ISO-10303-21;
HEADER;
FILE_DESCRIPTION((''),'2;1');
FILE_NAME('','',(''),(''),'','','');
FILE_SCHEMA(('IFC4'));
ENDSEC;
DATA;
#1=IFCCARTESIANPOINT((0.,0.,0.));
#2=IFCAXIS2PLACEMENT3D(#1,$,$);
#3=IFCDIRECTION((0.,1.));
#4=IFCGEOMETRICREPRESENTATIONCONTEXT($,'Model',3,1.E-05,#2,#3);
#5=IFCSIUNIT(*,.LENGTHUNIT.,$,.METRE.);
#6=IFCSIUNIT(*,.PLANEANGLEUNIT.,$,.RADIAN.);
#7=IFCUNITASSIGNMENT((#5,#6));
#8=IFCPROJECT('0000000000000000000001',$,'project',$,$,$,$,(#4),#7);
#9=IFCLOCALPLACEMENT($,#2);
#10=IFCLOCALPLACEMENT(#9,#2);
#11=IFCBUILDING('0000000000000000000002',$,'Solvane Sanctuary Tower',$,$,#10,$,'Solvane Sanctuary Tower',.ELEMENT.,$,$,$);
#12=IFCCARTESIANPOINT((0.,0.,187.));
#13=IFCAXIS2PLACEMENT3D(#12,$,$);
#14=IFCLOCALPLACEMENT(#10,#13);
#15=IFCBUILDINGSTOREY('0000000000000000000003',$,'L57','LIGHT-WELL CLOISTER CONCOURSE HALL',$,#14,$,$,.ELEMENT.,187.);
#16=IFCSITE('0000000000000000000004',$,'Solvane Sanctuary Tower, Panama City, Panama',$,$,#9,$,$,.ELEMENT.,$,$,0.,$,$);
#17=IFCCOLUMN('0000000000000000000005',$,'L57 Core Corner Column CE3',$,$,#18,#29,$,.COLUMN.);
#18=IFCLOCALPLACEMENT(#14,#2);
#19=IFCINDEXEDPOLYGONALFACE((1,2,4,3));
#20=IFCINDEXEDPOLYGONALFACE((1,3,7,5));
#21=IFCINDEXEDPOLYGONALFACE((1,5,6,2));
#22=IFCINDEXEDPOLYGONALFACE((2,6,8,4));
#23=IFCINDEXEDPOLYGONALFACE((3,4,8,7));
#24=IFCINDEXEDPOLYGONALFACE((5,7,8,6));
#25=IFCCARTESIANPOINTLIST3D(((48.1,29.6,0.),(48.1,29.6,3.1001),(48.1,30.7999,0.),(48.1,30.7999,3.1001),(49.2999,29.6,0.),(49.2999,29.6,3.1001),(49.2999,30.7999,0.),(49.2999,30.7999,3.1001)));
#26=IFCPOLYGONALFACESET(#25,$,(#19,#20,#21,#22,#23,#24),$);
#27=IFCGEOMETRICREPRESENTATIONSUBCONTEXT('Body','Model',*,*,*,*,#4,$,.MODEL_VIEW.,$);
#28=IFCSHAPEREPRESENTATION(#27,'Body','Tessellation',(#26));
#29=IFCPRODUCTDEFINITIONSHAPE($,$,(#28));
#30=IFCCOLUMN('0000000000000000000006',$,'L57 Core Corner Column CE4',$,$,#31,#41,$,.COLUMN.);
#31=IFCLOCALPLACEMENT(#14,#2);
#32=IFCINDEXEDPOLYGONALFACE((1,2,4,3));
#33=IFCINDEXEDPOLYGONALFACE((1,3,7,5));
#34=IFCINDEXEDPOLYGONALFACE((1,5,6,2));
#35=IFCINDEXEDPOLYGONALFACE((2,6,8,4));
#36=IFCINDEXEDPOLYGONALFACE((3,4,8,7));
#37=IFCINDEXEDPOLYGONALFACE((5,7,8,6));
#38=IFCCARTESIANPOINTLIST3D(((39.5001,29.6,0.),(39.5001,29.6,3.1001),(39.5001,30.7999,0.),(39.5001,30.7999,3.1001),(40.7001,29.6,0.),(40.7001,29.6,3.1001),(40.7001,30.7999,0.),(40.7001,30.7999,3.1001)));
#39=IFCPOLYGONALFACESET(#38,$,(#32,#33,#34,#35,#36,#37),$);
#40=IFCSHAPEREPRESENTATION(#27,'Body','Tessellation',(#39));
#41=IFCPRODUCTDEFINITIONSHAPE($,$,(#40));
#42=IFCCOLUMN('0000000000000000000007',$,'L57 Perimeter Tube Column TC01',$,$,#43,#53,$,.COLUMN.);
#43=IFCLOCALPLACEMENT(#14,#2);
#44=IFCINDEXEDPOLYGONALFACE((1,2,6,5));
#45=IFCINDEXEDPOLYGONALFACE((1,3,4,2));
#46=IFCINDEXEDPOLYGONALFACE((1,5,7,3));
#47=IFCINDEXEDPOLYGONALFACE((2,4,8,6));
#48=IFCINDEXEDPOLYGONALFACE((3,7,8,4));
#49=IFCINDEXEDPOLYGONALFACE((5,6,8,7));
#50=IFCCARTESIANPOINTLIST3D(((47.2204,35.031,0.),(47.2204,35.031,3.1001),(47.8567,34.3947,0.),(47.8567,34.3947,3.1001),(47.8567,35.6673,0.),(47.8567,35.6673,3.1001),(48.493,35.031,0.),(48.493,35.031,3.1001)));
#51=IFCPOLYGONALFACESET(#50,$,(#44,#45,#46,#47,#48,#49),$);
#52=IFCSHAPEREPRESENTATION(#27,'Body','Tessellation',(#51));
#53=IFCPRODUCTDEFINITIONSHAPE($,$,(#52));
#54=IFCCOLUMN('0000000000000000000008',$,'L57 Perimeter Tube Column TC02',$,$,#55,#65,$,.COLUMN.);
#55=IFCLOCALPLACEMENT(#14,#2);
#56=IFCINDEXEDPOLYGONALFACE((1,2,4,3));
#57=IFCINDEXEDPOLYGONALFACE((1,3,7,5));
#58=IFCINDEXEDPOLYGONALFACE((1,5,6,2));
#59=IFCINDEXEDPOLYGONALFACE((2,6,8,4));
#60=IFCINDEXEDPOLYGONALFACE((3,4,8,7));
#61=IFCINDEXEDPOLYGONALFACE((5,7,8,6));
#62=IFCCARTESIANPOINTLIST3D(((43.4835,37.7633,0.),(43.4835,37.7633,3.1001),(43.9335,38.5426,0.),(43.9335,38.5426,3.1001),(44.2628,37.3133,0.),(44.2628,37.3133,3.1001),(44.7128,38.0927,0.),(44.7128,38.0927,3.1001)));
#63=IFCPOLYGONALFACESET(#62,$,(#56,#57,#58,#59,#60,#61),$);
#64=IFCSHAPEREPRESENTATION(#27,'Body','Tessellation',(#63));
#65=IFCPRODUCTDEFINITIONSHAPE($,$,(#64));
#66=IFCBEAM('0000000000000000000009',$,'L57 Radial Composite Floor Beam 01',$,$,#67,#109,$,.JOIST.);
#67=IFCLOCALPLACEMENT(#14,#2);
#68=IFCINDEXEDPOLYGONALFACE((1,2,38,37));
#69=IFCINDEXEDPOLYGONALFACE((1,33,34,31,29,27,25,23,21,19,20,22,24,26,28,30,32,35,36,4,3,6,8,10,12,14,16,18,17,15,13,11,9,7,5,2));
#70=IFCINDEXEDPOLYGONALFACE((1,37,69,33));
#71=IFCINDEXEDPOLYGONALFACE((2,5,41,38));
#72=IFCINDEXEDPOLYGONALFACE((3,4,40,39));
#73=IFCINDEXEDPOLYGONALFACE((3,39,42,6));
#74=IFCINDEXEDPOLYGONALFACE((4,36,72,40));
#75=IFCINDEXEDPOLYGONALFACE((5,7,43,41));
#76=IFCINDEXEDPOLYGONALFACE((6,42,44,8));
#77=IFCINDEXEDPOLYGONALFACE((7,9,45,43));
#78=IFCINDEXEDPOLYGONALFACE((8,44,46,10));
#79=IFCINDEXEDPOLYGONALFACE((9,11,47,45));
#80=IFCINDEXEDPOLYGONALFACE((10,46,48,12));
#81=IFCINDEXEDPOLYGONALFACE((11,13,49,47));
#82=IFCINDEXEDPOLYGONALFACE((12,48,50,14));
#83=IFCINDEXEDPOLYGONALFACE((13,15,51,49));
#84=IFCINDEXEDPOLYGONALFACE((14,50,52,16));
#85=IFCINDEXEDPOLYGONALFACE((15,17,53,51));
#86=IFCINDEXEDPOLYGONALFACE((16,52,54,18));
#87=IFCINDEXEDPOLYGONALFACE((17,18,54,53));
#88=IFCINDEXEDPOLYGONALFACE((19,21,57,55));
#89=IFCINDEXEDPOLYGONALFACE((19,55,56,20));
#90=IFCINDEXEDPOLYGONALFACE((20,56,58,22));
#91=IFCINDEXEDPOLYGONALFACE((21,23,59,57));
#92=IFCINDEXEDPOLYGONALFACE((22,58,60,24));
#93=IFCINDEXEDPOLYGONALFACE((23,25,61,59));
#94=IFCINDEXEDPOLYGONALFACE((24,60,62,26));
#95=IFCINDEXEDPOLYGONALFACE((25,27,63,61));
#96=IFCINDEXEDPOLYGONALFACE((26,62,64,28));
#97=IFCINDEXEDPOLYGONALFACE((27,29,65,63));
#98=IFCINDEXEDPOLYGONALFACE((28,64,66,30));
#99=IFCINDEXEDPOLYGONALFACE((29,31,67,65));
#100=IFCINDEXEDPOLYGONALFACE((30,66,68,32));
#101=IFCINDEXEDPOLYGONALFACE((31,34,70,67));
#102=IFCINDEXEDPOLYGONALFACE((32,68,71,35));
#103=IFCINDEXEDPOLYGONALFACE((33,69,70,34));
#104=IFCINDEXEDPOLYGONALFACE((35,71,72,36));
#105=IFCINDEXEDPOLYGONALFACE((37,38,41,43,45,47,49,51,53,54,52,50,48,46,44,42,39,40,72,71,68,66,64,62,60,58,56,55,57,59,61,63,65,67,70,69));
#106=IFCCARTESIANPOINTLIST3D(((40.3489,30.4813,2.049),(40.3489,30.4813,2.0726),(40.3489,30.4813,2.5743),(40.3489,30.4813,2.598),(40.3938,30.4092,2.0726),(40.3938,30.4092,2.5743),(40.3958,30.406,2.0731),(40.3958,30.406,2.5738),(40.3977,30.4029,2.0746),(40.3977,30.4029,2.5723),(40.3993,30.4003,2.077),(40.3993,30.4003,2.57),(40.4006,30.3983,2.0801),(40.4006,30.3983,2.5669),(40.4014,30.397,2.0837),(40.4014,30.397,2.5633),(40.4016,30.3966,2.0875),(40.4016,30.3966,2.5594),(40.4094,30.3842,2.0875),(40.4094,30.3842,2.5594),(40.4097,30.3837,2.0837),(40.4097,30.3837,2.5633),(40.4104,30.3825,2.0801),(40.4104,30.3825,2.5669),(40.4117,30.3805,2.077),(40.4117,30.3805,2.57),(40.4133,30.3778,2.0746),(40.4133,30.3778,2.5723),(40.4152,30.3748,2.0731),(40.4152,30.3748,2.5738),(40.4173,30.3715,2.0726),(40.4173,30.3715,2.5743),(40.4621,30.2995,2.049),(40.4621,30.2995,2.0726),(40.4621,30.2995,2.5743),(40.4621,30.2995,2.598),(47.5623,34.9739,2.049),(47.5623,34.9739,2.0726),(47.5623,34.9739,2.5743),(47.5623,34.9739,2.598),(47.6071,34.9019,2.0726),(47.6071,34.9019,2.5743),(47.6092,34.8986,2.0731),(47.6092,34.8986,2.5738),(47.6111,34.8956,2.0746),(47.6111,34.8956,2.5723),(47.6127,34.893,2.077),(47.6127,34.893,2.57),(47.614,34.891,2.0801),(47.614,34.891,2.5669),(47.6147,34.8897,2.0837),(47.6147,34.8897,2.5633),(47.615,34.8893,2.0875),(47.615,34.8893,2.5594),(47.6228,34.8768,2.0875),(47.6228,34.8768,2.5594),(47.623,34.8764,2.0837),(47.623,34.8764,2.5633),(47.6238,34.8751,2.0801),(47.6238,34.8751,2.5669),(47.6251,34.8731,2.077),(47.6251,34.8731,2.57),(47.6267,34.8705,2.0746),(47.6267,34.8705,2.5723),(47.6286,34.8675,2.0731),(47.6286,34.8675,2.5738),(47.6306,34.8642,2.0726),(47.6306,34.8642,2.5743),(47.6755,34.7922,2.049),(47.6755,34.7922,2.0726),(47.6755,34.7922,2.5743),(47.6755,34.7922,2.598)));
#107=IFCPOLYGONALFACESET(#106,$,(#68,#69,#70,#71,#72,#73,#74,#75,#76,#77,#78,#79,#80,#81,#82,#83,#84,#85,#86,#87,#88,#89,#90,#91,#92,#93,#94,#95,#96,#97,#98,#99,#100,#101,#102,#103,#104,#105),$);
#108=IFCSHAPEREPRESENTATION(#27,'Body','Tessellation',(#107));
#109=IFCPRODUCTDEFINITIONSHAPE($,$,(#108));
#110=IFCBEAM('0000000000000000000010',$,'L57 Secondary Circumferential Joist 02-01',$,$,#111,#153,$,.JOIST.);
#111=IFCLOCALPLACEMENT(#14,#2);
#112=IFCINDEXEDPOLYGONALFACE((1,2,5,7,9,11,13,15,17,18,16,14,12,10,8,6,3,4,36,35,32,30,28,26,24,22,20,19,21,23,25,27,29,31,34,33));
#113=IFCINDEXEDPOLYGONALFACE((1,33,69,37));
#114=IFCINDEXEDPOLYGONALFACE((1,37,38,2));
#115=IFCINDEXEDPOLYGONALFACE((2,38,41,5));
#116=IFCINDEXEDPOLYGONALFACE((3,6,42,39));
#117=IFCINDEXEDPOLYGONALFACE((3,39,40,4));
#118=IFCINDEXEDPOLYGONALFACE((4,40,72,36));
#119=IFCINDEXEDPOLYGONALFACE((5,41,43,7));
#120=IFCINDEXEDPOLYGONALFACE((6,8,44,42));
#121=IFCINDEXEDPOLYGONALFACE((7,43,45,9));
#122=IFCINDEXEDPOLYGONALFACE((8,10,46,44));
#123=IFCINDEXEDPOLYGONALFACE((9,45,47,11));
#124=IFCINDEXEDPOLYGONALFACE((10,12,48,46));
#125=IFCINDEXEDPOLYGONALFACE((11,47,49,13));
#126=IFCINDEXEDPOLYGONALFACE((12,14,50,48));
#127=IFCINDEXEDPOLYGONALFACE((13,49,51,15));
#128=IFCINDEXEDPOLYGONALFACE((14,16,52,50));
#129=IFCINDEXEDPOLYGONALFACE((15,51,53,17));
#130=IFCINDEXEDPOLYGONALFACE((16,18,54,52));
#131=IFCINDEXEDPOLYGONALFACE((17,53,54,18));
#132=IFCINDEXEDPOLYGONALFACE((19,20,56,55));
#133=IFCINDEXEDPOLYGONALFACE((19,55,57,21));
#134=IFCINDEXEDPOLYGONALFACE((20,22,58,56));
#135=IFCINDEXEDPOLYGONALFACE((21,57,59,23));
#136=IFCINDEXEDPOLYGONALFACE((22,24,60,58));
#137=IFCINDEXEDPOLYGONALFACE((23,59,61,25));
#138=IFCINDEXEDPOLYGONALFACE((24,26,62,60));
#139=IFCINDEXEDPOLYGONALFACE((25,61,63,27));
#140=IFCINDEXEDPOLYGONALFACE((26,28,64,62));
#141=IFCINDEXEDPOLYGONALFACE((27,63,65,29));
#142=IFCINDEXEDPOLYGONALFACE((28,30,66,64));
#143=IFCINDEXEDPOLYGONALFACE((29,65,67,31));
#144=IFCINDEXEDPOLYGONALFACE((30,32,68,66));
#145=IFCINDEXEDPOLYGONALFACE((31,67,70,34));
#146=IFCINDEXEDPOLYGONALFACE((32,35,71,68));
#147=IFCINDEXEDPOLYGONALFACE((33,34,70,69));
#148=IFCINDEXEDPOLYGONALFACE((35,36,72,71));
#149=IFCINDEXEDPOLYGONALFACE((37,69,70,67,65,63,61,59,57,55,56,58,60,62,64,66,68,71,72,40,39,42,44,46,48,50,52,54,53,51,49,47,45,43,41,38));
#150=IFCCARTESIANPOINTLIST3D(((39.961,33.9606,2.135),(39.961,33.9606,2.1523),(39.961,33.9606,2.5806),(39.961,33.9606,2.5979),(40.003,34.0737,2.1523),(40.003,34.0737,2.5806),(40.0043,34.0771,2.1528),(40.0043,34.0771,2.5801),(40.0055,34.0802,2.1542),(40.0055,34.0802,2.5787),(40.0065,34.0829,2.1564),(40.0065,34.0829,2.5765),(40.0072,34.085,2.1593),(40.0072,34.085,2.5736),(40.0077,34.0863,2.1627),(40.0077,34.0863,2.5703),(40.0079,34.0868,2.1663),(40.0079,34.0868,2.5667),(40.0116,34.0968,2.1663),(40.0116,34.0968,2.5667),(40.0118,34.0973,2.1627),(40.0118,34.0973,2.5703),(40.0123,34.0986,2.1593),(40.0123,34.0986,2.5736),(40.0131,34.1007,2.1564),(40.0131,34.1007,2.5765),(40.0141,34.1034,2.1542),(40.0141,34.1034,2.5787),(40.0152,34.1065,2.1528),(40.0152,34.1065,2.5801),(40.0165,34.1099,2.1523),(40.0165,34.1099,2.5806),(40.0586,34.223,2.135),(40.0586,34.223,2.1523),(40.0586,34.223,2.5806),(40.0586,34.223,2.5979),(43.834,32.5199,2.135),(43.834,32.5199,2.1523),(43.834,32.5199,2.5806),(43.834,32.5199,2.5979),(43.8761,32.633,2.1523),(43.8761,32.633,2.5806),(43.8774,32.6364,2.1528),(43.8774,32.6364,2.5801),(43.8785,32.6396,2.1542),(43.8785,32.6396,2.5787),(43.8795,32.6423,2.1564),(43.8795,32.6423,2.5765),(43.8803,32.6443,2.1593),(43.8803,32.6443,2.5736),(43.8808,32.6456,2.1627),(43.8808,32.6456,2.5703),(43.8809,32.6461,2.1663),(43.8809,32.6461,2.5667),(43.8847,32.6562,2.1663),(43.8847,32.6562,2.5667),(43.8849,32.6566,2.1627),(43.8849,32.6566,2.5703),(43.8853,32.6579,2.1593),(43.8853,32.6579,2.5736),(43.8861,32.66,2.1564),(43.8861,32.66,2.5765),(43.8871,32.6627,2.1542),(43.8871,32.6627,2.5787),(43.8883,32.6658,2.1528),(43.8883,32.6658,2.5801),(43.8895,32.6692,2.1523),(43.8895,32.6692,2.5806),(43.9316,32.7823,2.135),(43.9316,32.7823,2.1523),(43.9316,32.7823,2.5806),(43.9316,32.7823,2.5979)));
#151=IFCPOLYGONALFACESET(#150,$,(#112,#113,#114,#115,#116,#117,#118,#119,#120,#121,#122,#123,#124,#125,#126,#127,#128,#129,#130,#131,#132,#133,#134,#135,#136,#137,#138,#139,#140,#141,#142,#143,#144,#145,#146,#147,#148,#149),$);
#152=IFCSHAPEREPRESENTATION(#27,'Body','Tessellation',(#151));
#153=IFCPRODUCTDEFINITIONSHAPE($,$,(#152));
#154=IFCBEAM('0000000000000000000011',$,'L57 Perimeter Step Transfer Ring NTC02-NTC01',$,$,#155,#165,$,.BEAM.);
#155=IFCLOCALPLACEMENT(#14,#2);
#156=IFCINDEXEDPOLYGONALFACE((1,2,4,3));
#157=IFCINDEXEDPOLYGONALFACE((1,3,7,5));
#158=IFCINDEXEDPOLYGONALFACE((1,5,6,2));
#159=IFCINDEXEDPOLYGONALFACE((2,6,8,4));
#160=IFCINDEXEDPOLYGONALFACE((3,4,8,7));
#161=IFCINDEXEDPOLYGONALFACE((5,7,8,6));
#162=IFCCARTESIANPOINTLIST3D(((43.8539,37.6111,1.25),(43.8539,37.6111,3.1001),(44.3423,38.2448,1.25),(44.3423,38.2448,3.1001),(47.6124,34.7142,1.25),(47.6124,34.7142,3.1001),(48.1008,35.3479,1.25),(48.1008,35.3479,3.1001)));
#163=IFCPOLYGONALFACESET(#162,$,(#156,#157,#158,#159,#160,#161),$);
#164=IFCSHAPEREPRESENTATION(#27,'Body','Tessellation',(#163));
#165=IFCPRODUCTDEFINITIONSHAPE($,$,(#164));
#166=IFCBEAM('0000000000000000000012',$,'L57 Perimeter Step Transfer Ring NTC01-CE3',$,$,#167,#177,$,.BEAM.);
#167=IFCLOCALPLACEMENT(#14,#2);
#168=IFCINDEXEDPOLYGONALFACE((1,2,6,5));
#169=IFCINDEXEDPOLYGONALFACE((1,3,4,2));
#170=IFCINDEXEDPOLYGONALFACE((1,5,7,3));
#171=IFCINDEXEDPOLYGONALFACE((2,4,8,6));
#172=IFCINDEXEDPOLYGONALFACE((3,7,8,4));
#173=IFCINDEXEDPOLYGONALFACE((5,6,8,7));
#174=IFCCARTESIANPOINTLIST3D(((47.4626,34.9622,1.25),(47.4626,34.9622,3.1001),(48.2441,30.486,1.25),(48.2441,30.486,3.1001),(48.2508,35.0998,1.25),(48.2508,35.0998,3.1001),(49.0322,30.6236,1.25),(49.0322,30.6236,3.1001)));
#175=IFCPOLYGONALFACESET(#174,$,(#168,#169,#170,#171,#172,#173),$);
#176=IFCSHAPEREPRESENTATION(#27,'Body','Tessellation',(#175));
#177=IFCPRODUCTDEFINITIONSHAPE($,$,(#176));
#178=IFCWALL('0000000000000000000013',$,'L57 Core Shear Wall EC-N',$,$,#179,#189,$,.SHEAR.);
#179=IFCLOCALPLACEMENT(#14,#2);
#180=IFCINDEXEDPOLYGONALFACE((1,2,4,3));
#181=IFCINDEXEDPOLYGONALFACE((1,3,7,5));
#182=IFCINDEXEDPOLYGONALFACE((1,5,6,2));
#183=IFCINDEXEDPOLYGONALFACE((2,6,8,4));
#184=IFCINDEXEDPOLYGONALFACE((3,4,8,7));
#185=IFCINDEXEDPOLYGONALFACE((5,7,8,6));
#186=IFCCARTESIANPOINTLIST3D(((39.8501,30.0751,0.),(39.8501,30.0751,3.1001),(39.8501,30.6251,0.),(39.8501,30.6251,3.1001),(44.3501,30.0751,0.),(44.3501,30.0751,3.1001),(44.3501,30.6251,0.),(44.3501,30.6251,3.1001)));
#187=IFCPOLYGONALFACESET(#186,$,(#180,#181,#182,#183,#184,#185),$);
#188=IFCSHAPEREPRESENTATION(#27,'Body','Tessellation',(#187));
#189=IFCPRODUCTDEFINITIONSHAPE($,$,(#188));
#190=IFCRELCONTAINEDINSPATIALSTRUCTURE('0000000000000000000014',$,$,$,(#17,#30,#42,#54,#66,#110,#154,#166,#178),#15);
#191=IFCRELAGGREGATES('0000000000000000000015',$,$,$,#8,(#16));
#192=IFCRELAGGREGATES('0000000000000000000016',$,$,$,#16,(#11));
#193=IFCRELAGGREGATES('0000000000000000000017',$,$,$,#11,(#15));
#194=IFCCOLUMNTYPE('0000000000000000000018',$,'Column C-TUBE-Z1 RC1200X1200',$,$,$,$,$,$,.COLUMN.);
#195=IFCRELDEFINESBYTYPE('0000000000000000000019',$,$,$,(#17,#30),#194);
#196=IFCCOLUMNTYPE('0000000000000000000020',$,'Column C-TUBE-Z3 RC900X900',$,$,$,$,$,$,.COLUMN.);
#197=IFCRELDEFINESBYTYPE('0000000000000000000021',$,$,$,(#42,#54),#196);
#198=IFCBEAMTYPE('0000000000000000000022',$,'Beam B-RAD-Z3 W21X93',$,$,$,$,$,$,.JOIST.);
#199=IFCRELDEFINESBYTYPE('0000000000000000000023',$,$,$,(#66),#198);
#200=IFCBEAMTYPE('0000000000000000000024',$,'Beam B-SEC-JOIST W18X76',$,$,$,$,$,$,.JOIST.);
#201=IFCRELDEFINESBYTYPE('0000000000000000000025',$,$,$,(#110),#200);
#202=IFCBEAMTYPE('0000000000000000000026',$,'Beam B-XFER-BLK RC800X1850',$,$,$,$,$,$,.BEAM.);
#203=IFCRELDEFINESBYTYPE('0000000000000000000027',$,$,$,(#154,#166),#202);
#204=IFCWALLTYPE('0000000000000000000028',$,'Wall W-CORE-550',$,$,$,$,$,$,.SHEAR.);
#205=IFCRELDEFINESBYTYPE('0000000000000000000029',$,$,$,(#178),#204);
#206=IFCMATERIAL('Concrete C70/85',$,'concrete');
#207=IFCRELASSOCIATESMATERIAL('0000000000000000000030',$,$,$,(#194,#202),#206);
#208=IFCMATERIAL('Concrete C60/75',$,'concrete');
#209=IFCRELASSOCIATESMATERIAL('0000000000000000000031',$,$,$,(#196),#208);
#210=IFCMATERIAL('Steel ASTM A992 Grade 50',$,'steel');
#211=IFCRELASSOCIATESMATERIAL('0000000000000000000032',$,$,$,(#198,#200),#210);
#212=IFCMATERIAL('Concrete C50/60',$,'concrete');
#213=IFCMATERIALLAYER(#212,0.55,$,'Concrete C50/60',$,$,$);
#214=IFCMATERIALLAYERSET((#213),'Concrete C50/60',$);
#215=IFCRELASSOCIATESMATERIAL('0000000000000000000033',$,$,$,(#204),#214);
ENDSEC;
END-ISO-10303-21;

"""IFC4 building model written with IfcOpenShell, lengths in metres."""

from ifc_helpers import new_model, si_unit, direction, frame, frame_2d, origin, origin_2d, place, context, subcontext, project, spatial, rectangle, i_section, extrude, material, layer, layer_set, material_profile, profile_set, type_object, element, save


model = new_model("IFC4")

# Units and contexts
model_context = context("Model", 3, precision=1e-05, world=origin(), true_north=direction((0.0, 1.0)))
body_context = subcontext(model_context, "Body", "Model", "MODEL_VIEW")
ifc_project = project(units=[si_unit("LENGTHUNIT", "METRE"), si_unit("PLANEANGLEUNIT", "RADIAN")], contexts=[model_context])

# Site, building, storey
site_placement = place(None, origin())
site = spatial("IfcSite", under=ifc_project, at=site_placement, Name="Solvane Sanctuary Tower, Panama City, Panama", CompositionType="ELEMENT", RefElevation=0.0)
building_placement = place(site_placement, origin())
building = spatial("IfcBuilding", under=site, at=building_placement, Name="Solvane Sanctuary Tower", LongName="Solvane Sanctuary Tower", CompositionType="ELEMENT")
storey_placement = place(building_placement, frame((0.0, 0.0, 187.0)))
storey = spatial("IfcBuildingStorey", under=building, at=storey_placement, Name="L57", Description="LIGHT-WELL CLOISTER CONCOURSE HALL", CompositionType="ELEMENT", Elevation=187.0)

# Columns
ifc_material_1 = material(Name="Concrete C70/85", Category="concrete")
ifc_material_profile_1 = material_profile(ifc_material_1, rectangle(XDim=1.2, YDim=1.2, at=origin_2d()), Name="RC1200X1200")
ifc_profile_set_1 = profile_set([ifc_material_profile_1], Name="Concrete C70/85")
column_type_1 = type_object("IfcColumnType", Name="Column C-TUBE-Z1 RC1200X1200", PredefinedType="COLUMN", material=ifc_profile_set_1)
for number, where, z_axis, x_axis, name in (
    (1, (48.7, 30.2, 0.0), (0.0, 0.0, 1.0), (1.0, 0.0, 0.0), "L57 Core Corner Column CE3"),
    (2, (40.1001, 30.2, 0.0), (0.0, 0.0, 1.0), (1.0, 0.0, 0.0), "L57 Core Corner Column CE4"),
):
    element("IfcColumn", number, at=place(storey_placement, frame(where, z_axis=z_axis, x_axis=x_axis)), inside=storey, type_object=column_type_1, Name=name, PredefinedType="COLUMN", context=body_context, shape_type="SweptSolid", body=[
        extrude(rectangle(XDim=1.2, YDim=1.2, at=origin_2d()), origin(), (0.0, 0.0, 1.0), 3.1001),
    ])
ifc_material_2 = material(Name="Concrete C60/75", Category="concrete")
ifc_material_profile_2 = material_profile(ifc_material_2, rectangle(XDim=0.8999, YDim=0.8999, at=origin_2d()), Name="RC900X900")
ifc_profile_set_2 = profile_set([ifc_material_profile_2], Name="Concrete C60/75")
column_type_2 = type_object("IfcColumnType", Name="Column C-TUBE-Z3 RC900X900", PredefinedType="COLUMN", material=ifc_profile_set_2)
for number, where, z_axis, x_axis, name in (
    (3, (47.8567, 35.031, 0.0), (0.0, 0.0, 1.0), (0.707107, 0.707107, 0.0), "L57 Perimeter Tube Column TC01"),
    (4, (44.0981, 37.928, 0.0), (0.0, 0.0, 1.0), (0.5, 0.866025, 0.0), "L57 Perimeter Tube Column TC02"),
):
    element("IfcColumn", number, at=place(storey_placement, frame(where, z_axis=z_axis, x_axis=x_axis)), inside=storey, type_object=column_type_2, Name=name, PredefinedType="COLUMN", context=body_context, shape_type="SweptSolid", body=[
        extrude(rectangle(XDim=0.8999, YDim=0.8999, at=origin_2d()), origin(), (0.0, 0.0, 1.0), 3.1001),
    ])

# Beams
ifc_material_3 = material(Name="Steel ASTM A992 Grade 50", Category="steel")
ifc_material_profile_3 = material_profile(ifc_material_3, i_section(OverallWidth=0.2141, OverallDepth=0.5491, WebThickness=0.0146, FlangeThickness=0.0237, FilletRadius=0.0149, at=origin_2d()), Name="W21X93")
ifc_profile_set_3 = profile_set([ifc_material_profile_3], Name="Steel ASTM A992 Grade 50")
beam_type_1 = type_object("IfcBeamType", Name="Beam B-RAD-Z3 W21X93", PredefinedType="JOIST", material=ifc_profile_set_3)
beam_1_placement = place(storey_placement, frame((40.4055, 30.3904, 2.3235), z_axis=(0.848827, 0.528671, 0.0), x_axis=(-0.528671, 0.848827, 0.0)))
element("IfcBeam", 5, at=beam_1_placement, inside=storey, type_object=beam_type_1, Name="L57 Radial Composite Floor Beam 01", PredefinedType="JOIST", context=body_context, shape_type="SweptSolid", body=[
    extrude(i_section(OverallWidth=0.2141, OverallDepth=0.5491, WebThickness=0.0146, FlangeThickness=0.0237, FilletRadius=0.0149, at=origin_2d()), origin(), (0.0, 0.0, 1.0), 8.498),
])
ifc_material_profile_4 = material_profile(ifc_material_3, i_section(OverallWidth=0.28, OverallDepth=0.4629, WebThickness=0.0107, FlangeThickness=0.0173, FilletRadius=0.0139, at=origin_2d()), Name="W18X76")
ifc_profile_set_4 = profile_set([ifc_material_profile_4], Name="Steel ASTM A992 Grade 50")
beam_type_2 = type_object("IfcBeamType", Name="Beam B-SEC-JOIST W18X76", PredefinedType="JOIST", material=ifc_profile_set_4)
beam_2_placement = place(storey_placement, frame((40.0098, 34.0918, 2.3665), z_axis=(0.937258, -0.348636, 0.0), x_axis=(0.348636, 0.937258, 0.0)))
element("IfcBeam", 6, at=beam_2_placement, inside=storey, type_object=beam_type_2, Name="L57 Secondary Circumferential Joist 02-01", PredefinedType="JOIST", context=body_context, shape_type="SweptSolid", body=[
    extrude(i_section(OverallWidth=0.28, OverallDepth=0.4629, WebThickness=0.0107, FlangeThickness=0.0173, FilletRadius=0.0139, at=origin_2d()), origin(), (0.0, 0.0, 1.0), 4.1323),
])
ifc_material_profile_5 = material_profile(ifc_material_1, rectangle(XDim=0.8, YDim=1.8501, at=origin_2d()), Name="RC800X1850")
ifc_profile_set_5 = profile_set([ifc_material_profile_5], Name="Concrete C70/85")
beam_type_3 = type_object("IfcBeamType", Name="Beam B-XFER-BLK RC800X1850", PredefinedType="BEAM", material=ifc_profile_set_5)
beam_3_placement = place(storey_placement, frame((44.0981, 37.928, 2.175), z_axis=(0.792035, -0.610476, 0.0), x_axis=(0.610476, 0.792035, 0.0)))
element("IfcBeam", 7, at=beam_3_placement, inside=storey, type_object=beam_type_3, Name="L57 Perimeter Step Transfer Ring NTC02-NTC01", PredefinedType="BEAM", context=body_context, shape_type="SweptSolid", body=[
    extrude(rectangle(XDim=0.8, YDim=1.8501, at=origin_2d()), origin(), (0.0, 0.0, 1.0), 4.7454),
])
beam_4_placement = place(storey_placement, frame((47.8567, 35.031, 2.175), z_axis=(0.171983, -0.9851, 0.0), x_axis=(0.9851, 0.171983, 0.0)))
element("IfcBeam", 8, at=beam_4_placement, inside=storey, type_object=beam_type_3, Name="L57 Perimeter Step Transfer Ring NTC01-CE3", PredefinedType="BEAM", context=body_context, shape_type="SweptSolid", body=[
    extrude(rectangle(XDim=0.8, YDim=1.8501, at=origin_2d()), origin(), (0.0, 0.0, 1.0), 4.5439),
])

# Wall
ifc_material_4 = material(Name="Concrete C50/60", Category="concrete")
ifc_layer_1 = layer(ifc_material_4, 0.55, Name="Concrete C50/60")
ifc_layer_set_1 = layer_set([ifc_layer_1], Name="Concrete C50/60")
wall_type_1 = type_object("IfcWallType", Name="Wall W-CORE-550", PredefinedType="SHEAR", material=ifc_layer_set_1)
wall_1_placement = place(storey_placement, frame((39.8501, 30.3501, 0.0), z_axis=(0.0, 0.0, 1.0), x_axis=(1.0, 0.0, 0.0)))
element("IfcWall", 9, at=wall_1_placement, inside=storey, type_object=wall_type_1, Name="L57 Core Shear Wall EC-N", PredefinedType="SHEAR", context=body_context, shape_type="SweptSolid", body=[
    extrude(rectangle(XDim=4.5, YDim=0.55, at=frame_2d((2.25, 0.0))), origin(), (0.0, 0.0, 1.0), 3.1001),
])

save(model, "model.ifc")
